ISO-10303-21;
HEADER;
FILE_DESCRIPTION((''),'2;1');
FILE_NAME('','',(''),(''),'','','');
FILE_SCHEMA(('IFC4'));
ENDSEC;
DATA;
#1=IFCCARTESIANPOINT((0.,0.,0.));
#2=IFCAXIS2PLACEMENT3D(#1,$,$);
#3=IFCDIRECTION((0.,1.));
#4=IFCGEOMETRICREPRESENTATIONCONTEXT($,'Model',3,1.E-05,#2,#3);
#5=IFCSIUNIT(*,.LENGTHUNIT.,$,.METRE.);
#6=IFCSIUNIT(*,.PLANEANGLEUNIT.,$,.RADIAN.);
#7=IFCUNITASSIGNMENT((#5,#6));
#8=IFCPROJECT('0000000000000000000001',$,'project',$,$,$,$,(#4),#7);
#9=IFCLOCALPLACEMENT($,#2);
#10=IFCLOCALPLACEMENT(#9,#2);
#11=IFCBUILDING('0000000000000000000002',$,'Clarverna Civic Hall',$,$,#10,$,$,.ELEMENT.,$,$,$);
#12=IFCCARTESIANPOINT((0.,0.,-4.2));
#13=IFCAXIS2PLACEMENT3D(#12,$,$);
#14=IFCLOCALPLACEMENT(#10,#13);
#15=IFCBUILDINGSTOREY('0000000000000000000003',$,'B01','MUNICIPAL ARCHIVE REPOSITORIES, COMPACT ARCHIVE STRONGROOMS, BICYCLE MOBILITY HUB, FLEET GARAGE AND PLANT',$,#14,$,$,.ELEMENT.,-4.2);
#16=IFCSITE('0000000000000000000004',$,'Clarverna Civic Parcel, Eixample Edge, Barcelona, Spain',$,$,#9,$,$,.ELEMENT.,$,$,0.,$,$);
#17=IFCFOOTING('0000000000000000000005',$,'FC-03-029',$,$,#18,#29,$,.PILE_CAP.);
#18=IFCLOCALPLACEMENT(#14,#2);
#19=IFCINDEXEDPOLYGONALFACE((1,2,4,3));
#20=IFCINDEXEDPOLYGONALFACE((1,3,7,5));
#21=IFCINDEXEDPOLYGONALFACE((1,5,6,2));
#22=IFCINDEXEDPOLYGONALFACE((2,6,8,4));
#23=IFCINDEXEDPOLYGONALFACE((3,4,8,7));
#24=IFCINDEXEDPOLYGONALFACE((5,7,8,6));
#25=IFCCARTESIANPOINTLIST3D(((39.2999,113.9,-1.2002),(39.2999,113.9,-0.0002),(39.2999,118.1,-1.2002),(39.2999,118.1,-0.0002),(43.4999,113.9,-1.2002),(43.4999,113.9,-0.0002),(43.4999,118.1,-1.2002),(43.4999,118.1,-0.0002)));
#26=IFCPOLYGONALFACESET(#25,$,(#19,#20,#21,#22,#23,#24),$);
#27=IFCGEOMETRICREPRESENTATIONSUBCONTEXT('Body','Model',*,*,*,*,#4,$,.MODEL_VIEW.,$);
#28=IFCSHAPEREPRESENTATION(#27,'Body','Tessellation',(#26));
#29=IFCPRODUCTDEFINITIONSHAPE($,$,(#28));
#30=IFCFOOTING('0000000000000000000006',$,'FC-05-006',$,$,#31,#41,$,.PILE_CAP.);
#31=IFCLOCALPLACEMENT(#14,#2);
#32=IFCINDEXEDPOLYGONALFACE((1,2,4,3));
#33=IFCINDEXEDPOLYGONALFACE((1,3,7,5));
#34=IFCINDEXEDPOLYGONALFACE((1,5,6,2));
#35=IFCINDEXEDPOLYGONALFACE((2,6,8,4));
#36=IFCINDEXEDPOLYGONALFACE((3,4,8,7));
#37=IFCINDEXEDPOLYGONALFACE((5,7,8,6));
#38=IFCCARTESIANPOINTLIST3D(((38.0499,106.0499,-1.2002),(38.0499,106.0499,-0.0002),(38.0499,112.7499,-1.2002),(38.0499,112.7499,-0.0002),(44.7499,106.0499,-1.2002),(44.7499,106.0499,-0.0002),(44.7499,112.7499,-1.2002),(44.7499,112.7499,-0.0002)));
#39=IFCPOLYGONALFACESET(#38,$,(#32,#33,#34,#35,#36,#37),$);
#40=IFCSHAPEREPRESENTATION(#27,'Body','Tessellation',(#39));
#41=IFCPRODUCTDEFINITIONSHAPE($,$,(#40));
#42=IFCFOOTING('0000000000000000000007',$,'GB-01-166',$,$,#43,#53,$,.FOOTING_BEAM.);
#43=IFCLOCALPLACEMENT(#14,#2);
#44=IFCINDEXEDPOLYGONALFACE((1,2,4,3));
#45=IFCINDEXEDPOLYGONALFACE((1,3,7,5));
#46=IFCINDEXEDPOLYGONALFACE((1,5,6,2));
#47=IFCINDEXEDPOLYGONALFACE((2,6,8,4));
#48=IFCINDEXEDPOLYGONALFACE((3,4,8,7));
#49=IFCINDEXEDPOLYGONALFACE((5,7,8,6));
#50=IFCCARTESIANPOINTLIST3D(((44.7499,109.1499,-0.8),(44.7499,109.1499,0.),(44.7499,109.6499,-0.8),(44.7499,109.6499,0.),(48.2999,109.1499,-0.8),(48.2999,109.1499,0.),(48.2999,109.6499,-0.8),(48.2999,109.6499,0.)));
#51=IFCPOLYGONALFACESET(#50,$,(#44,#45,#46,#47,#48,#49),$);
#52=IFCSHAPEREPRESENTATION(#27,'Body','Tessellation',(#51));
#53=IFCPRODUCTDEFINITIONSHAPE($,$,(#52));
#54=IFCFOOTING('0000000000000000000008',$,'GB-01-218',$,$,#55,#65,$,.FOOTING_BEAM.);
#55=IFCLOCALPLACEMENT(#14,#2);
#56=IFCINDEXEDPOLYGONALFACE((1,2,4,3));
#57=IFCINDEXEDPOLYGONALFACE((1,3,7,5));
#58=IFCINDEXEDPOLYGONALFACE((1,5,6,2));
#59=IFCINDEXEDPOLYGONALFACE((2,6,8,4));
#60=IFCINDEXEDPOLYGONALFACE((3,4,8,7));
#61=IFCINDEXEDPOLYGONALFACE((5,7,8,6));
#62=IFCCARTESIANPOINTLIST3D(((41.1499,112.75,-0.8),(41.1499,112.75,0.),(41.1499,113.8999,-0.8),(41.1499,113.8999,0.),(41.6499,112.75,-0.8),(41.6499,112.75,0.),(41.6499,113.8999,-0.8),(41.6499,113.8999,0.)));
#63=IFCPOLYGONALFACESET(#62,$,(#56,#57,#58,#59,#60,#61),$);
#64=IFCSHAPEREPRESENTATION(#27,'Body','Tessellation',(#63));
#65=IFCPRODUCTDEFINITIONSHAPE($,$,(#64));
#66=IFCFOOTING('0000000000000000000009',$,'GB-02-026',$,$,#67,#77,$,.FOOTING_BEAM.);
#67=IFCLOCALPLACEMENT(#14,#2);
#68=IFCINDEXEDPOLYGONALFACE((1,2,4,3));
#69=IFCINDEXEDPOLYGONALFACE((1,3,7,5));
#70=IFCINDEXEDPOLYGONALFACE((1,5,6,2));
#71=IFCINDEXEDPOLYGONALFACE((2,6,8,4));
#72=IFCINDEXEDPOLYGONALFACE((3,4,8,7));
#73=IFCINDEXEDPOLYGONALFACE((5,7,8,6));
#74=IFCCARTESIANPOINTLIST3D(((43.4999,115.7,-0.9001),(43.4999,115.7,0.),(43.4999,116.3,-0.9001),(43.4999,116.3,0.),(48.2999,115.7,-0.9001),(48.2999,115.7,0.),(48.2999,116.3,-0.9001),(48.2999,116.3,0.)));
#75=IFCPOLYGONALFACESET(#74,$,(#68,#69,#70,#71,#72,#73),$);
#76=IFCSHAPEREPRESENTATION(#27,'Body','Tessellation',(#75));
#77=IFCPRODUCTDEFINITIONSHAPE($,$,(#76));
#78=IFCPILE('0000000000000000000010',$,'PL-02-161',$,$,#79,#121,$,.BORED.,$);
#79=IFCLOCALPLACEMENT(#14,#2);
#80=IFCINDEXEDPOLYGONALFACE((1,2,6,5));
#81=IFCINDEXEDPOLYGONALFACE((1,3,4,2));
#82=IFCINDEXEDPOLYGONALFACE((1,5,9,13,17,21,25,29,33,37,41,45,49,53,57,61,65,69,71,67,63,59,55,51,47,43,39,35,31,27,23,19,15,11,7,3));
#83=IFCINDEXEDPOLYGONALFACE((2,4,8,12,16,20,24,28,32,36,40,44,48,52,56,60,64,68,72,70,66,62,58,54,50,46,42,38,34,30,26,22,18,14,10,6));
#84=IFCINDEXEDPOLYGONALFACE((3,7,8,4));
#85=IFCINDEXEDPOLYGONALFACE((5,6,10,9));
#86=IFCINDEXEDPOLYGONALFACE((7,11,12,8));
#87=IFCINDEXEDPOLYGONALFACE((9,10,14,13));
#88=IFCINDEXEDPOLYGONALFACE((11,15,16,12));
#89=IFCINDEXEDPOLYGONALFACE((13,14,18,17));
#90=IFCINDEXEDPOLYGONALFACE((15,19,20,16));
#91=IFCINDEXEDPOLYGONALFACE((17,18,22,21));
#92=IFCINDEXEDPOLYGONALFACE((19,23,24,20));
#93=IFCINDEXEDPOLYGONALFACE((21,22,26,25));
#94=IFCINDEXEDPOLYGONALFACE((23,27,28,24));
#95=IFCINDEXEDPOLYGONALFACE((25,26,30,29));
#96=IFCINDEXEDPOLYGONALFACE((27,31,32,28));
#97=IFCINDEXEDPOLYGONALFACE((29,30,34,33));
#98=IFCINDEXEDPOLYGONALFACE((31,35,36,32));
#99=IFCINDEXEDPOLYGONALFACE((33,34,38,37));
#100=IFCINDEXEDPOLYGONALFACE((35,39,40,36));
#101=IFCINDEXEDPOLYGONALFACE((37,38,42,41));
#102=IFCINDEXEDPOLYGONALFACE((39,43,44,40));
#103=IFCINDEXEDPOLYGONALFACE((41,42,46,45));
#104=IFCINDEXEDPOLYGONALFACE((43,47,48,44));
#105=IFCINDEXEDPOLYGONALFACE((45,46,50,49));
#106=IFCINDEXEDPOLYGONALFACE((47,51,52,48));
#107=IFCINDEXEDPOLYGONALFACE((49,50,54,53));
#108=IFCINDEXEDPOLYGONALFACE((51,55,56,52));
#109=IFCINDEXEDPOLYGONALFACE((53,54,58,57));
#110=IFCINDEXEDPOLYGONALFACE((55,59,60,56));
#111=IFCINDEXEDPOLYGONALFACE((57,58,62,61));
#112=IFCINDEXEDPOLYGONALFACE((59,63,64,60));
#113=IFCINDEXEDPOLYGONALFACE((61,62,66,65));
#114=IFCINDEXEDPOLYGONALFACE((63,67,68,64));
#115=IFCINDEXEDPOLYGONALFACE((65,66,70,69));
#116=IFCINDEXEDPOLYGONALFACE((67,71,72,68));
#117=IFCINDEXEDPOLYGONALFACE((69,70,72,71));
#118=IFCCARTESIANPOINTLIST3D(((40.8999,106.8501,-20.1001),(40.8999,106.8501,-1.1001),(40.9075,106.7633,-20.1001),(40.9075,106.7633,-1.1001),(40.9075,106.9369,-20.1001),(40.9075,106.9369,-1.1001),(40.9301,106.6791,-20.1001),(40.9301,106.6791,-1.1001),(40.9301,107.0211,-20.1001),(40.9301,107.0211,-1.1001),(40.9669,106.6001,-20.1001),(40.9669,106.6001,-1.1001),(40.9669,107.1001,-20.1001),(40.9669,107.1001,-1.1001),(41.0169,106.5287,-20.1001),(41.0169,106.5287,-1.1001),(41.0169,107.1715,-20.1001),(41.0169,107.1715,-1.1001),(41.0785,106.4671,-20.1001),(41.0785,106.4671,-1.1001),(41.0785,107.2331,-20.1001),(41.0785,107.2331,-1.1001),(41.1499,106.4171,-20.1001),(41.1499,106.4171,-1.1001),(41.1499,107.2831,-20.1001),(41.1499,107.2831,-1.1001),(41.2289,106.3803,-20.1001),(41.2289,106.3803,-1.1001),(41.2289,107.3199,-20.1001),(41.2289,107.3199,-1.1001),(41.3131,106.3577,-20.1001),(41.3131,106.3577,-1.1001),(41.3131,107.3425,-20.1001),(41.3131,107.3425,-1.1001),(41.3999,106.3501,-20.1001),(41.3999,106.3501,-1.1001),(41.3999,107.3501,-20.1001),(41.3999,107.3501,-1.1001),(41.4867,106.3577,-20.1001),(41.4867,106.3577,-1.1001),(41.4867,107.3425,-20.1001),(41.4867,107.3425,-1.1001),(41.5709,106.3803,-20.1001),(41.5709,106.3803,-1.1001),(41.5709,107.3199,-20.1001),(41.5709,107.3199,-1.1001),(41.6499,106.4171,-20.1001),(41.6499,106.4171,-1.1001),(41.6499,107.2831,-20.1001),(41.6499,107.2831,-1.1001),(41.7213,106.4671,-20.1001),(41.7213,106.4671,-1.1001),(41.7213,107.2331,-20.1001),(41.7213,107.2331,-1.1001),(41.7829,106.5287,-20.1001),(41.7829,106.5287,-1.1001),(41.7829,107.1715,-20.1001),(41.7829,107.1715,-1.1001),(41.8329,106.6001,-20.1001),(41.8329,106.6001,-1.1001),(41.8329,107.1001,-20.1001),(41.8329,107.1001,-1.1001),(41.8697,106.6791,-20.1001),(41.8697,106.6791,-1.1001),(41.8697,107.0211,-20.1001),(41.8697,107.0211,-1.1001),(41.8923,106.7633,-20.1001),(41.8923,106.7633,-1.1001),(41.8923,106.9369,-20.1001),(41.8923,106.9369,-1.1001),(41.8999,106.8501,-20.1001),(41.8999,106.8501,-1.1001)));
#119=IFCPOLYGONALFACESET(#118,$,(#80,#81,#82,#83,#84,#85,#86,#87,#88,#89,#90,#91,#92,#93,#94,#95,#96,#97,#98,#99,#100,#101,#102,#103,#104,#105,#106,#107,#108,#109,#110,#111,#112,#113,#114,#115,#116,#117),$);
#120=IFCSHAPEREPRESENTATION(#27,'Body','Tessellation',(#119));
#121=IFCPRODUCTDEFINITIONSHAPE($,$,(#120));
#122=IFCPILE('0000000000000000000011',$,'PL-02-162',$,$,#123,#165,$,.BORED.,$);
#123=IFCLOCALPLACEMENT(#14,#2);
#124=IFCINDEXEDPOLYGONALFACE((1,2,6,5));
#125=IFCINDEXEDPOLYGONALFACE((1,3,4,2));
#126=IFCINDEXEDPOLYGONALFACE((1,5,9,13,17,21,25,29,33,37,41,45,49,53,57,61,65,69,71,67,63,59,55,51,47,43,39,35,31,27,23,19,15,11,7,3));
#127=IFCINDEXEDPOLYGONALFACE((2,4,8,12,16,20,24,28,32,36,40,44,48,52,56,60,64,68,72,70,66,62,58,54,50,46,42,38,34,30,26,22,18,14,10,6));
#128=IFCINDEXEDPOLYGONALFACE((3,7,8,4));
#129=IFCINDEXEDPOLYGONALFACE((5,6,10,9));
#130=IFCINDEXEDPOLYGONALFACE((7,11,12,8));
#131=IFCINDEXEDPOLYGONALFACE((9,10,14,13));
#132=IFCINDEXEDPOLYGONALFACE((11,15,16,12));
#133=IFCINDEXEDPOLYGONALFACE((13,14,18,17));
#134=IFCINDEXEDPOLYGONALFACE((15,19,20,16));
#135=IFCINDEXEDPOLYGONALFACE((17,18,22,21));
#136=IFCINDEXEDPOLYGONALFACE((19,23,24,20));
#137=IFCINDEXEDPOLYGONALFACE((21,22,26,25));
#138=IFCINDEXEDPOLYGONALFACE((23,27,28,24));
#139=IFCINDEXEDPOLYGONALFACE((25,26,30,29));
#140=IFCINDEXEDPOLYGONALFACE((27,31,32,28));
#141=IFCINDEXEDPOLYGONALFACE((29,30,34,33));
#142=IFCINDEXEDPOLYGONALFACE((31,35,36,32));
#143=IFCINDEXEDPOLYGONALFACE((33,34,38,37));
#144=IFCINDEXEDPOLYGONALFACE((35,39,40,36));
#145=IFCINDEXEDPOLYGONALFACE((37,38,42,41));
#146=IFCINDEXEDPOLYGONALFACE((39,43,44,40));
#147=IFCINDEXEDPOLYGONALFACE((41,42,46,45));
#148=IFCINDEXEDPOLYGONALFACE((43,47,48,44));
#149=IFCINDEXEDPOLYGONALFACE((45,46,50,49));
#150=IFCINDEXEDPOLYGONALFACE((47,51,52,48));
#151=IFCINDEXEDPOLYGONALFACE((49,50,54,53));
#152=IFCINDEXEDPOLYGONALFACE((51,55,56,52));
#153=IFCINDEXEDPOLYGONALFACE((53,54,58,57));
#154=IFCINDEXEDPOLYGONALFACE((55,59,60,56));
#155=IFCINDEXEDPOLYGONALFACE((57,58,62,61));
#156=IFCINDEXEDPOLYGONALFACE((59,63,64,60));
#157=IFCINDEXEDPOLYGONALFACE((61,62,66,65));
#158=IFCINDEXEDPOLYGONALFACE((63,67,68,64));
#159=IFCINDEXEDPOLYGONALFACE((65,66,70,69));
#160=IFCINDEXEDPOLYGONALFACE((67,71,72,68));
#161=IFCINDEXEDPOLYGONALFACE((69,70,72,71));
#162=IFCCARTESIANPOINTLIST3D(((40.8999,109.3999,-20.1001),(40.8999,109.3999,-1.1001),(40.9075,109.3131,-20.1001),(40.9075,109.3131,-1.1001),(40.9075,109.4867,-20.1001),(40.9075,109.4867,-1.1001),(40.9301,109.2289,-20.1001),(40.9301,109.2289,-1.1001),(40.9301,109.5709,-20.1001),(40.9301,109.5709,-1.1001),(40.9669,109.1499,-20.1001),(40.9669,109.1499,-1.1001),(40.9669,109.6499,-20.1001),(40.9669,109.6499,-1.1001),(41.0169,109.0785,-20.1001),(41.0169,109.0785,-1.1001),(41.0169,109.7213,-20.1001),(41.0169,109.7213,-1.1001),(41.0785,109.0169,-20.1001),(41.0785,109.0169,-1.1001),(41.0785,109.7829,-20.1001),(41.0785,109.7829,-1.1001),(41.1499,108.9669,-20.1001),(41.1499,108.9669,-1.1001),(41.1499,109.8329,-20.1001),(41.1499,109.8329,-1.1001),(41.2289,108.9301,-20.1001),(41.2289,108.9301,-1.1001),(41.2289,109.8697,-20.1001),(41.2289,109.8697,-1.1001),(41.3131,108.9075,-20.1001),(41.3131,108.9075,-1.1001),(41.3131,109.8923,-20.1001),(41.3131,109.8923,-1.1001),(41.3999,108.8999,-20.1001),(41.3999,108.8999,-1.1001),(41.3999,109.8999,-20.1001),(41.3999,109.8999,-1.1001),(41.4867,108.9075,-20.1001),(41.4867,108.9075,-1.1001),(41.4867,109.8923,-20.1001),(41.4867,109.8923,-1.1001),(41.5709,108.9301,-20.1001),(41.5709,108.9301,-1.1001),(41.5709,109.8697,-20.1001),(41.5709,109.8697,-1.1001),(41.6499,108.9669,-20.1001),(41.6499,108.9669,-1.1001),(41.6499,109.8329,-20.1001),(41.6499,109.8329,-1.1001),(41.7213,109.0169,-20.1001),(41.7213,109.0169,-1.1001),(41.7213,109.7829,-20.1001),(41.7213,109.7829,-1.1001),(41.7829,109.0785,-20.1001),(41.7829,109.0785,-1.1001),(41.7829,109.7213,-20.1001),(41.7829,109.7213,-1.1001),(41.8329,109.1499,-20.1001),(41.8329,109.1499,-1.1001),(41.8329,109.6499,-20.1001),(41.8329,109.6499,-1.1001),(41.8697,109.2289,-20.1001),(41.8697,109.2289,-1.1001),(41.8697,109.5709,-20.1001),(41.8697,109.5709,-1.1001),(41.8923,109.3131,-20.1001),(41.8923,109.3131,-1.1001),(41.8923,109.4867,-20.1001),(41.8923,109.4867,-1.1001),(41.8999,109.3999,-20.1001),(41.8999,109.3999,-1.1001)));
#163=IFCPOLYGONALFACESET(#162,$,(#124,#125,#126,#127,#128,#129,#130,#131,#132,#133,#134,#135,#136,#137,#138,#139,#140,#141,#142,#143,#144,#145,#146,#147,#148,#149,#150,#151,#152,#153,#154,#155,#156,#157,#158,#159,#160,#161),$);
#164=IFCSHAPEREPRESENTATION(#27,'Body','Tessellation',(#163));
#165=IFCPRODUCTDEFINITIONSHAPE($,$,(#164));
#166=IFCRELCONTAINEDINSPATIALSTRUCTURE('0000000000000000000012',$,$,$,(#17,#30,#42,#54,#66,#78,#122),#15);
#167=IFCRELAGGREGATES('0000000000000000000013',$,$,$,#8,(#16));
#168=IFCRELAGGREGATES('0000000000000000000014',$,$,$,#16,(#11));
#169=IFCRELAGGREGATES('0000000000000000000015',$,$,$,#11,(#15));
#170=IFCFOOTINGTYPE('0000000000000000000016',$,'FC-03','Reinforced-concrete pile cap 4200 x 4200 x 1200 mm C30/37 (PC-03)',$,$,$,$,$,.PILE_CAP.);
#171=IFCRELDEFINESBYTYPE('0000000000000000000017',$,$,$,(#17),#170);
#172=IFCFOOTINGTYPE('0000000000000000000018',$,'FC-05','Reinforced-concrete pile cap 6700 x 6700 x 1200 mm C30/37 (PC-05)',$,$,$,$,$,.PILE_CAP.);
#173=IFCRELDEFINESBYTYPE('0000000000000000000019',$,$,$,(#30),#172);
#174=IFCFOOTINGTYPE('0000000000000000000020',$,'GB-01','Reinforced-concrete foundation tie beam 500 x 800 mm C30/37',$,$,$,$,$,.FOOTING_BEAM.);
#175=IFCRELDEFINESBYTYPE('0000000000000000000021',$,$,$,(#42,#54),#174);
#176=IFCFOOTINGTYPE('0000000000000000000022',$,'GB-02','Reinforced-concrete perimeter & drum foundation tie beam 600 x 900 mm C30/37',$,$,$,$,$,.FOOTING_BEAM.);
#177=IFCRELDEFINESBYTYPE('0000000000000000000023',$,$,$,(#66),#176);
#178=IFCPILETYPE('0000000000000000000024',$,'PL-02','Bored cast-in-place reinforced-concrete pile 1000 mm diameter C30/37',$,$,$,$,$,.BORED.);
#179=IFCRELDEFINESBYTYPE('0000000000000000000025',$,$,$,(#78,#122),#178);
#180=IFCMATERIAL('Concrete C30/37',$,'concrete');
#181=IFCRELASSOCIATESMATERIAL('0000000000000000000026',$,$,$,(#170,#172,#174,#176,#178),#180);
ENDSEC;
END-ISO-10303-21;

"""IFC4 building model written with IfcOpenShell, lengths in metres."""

from ifc_helpers import new_model, si_unit, direction, frame, frame_2d, origin, origin_2d, place, context, subcontext, project, spatial, rectangle, circle, extrude, material, material_profile, profile_set, type_object, element, save


model = new_model("IFC4")

# Units and contexts
model_context = context("Model", 3, precision=1e-05, world=origin(), true_north=direction((0.0, 1.0)))
body_context = subcontext(model_context, "Body", "Model", "MODEL_VIEW")
ifc_project = project(units=[si_unit("LENGTHUNIT", "METRE"), si_unit("PLANEANGLEUNIT", "RADIAN")], contexts=[model_context])

# Site, building, storey
site_placement = place(None, origin())
site = spatial("IfcSite", under=ifc_project, at=site_placement, Name="Clarverna Civic Parcel, Eixample Edge, Barcelona, Spain", CompositionType="ELEMENT", RefElevation=0.0)
building_placement = place(site_placement, origin())
building = spatial("IfcBuilding", under=site, at=building_placement, Name="Clarverna Civic Hall", CompositionType="ELEMENT")
storey_placement = place(building_placement, frame((0.0, 0.0, -4.2)))
storey = spatial("IfcBuildingStorey", under=building, at=storey_placement, Name="B01", Description="MUNICIPAL ARCHIVE REPOSITORIES, COMPACT ARCHIVE STRONGROOMS, BICYCLE MOBILITY HUB, FLEET GARAGE AND PLANT", CompositionType="ELEMENT", Elevation=-4.2)

# Footings
ifc_material_1 = material(Name="Concrete C30/37", Category="concrete")
footing_type_1 = type_object("IfcFootingType", Name="FC-03", Description="Reinforced-concrete pile cap 4200 x 4200 x 1200 mm C30/37 (PC-03)", PredefinedType="PILE_CAP", material=ifc_material_1)
footing_1_placement = place(storey_placement, frame((41.3999, 116.0, -1.2002), z_axis=(0.0, 0.0, 1.0), x_axis=(1.0, 0.0, 0.0)))
element("IfcFooting", 1, at=footing_1_placement, inside=storey, type_object=footing_type_1, Name="FC-03-029", PredefinedType="PILE_CAP", context=body_context, shape_type="SweptSolid", body=[
    extrude(rectangle(XDim=4.2, YDim=4.2, at=origin_2d()), origin(), (0.0, 0.0, 1.0), 1.2),
])
footing_type_2 = type_object("IfcFootingType", Name="FC-05", Description="Reinforced-concrete pile cap 6700 x 6700 x 1200 mm C30/37 (PC-05)", PredefinedType="PILE_CAP", material=ifc_material_1)
footing_2_placement = place(storey_placement, frame((41.3999, 109.3999, -1.2002), z_axis=(0.0, 0.0, 1.0), x_axis=(1.0, 0.0, 0.0)))
element("IfcFooting", 2, at=footing_2_placement, inside=storey, type_object=footing_type_2, Name="FC-05-006", PredefinedType="PILE_CAP", context=body_context, shape_type="SweptSolid", body=[
    extrude(rectangle(XDim=6.7, YDim=6.7, at=origin_2d()), origin(), (0.0, 0.0, 1.0), 1.2),
])
footing_type_3 = type_object("IfcFootingType", Name="GB-01", Description="Reinforced-concrete foundation tie beam 500 x 800 mm C30/37", PredefinedType="FOOTING_BEAM", material=ifc_material_1)
footing_3_placement = place(storey_placement, frame((44.75, 109.3999, -0.8), z_axis=(0.0, 0.0, 1.0), x_axis=(1.0, 0.0, 0.0)))
element("IfcFooting", 3, at=footing_3_placement, inside=storey, type_object=footing_type_3, Name="GB-01-166", PredefinedType="FOOTING_BEAM", context=body_context, shape_type="SweptSolid", body=[
    extrude(rectangle(XDim=3.55, YDim=0.5, at=frame_2d((1.7749, 0.0))), origin(), (0.0, 0.0, 1.0), 0.8),
])
footing_4_placement = place(storey_placement, frame((41.3999, 112.75, -0.8), z_axis=(0.0, 0.0, 1.0), x_axis=(0.0, 1.0, 0.0)))
element("IfcFooting", 4, at=footing_4_placement, inside=storey, type_object=footing_type_3, Name="GB-01-218", PredefinedType="FOOTING_BEAM", context=body_context, shape_type="SweptSolid", body=[
    extrude(rectangle(XDim=1.1499, YDim=0.5, at=frame_2d((0.575, 0.0))), origin(), (0.0, 0.0, 1.0), 0.8),
])
footing_type_4 = type_object("IfcFootingType", Name="GB-02", Description="Reinforced-concrete perimeter & drum foundation tie beam 600 x 900 mm C30/37", PredefinedType="FOOTING_BEAM", material=ifc_material_1)
footing_5_placement = place(storey_placement, frame((43.5, 116.0, -0.9001), z_axis=(0.0, 0.0, 1.0), x_axis=(1.0, 0.0, 0.0)))
element("IfcFooting", 5, at=footing_5_placement, inside=storey, type_object=footing_type_4, Name="GB-02-026", PredefinedType="FOOTING_BEAM", context=body_context, shape_type="SweptSolid", body=[
    extrude(rectangle(XDim=4.8, YDim=0.6001, at=frame_2d((2.3999, 0.0))), origin(), (0.0, 0.0, 1.0), 0.9001),
])

# Piles
ifc_material_profile_1 = material_profile(ifc_material_1, circle(Radius=0.5, at=origin_2d()), Name="BORED PILE D1000")
ifc_profile_set_1 = profile_set([ifc_material_profile_1], Name="Concrete C30/37")
pile_type = type_object("IfcPileType", Name="PL-02", Description="Bored cast-in-place reinforced-concrete pile 1000 mm diameter C30/37", PredefinedType="BORED", material=ifc_profile_set_1)
for number, where, z_axis, x_axis, name in (
    (6, (41.3999, 106.8501, -1.1001), (0.0, 0.0, -1.0), (1.0, 0.0, 0.0), "PL-02-161"),
    (7, (41.3999, 109.3999, -1.1001), (0.0, 0.0, -1.0), (1.0, 0.0, 0.0), "PL-02-162"),
):
    element("IfcPile", number, at=place(storey_placement, frame(where, z_axis=z_axis, x_axis=x_axis)), inside=storey, type_object=pile_type, Name=name, PredefinedType="BORED", context=body_context, shape_type="SweptSolid", body=[
        extrude(circle(Radius=0.5, at=origin_2d()), origin(), (0.0, 0.0, 1.0), 19.0),
    ])

save(model, "model.ifc")
